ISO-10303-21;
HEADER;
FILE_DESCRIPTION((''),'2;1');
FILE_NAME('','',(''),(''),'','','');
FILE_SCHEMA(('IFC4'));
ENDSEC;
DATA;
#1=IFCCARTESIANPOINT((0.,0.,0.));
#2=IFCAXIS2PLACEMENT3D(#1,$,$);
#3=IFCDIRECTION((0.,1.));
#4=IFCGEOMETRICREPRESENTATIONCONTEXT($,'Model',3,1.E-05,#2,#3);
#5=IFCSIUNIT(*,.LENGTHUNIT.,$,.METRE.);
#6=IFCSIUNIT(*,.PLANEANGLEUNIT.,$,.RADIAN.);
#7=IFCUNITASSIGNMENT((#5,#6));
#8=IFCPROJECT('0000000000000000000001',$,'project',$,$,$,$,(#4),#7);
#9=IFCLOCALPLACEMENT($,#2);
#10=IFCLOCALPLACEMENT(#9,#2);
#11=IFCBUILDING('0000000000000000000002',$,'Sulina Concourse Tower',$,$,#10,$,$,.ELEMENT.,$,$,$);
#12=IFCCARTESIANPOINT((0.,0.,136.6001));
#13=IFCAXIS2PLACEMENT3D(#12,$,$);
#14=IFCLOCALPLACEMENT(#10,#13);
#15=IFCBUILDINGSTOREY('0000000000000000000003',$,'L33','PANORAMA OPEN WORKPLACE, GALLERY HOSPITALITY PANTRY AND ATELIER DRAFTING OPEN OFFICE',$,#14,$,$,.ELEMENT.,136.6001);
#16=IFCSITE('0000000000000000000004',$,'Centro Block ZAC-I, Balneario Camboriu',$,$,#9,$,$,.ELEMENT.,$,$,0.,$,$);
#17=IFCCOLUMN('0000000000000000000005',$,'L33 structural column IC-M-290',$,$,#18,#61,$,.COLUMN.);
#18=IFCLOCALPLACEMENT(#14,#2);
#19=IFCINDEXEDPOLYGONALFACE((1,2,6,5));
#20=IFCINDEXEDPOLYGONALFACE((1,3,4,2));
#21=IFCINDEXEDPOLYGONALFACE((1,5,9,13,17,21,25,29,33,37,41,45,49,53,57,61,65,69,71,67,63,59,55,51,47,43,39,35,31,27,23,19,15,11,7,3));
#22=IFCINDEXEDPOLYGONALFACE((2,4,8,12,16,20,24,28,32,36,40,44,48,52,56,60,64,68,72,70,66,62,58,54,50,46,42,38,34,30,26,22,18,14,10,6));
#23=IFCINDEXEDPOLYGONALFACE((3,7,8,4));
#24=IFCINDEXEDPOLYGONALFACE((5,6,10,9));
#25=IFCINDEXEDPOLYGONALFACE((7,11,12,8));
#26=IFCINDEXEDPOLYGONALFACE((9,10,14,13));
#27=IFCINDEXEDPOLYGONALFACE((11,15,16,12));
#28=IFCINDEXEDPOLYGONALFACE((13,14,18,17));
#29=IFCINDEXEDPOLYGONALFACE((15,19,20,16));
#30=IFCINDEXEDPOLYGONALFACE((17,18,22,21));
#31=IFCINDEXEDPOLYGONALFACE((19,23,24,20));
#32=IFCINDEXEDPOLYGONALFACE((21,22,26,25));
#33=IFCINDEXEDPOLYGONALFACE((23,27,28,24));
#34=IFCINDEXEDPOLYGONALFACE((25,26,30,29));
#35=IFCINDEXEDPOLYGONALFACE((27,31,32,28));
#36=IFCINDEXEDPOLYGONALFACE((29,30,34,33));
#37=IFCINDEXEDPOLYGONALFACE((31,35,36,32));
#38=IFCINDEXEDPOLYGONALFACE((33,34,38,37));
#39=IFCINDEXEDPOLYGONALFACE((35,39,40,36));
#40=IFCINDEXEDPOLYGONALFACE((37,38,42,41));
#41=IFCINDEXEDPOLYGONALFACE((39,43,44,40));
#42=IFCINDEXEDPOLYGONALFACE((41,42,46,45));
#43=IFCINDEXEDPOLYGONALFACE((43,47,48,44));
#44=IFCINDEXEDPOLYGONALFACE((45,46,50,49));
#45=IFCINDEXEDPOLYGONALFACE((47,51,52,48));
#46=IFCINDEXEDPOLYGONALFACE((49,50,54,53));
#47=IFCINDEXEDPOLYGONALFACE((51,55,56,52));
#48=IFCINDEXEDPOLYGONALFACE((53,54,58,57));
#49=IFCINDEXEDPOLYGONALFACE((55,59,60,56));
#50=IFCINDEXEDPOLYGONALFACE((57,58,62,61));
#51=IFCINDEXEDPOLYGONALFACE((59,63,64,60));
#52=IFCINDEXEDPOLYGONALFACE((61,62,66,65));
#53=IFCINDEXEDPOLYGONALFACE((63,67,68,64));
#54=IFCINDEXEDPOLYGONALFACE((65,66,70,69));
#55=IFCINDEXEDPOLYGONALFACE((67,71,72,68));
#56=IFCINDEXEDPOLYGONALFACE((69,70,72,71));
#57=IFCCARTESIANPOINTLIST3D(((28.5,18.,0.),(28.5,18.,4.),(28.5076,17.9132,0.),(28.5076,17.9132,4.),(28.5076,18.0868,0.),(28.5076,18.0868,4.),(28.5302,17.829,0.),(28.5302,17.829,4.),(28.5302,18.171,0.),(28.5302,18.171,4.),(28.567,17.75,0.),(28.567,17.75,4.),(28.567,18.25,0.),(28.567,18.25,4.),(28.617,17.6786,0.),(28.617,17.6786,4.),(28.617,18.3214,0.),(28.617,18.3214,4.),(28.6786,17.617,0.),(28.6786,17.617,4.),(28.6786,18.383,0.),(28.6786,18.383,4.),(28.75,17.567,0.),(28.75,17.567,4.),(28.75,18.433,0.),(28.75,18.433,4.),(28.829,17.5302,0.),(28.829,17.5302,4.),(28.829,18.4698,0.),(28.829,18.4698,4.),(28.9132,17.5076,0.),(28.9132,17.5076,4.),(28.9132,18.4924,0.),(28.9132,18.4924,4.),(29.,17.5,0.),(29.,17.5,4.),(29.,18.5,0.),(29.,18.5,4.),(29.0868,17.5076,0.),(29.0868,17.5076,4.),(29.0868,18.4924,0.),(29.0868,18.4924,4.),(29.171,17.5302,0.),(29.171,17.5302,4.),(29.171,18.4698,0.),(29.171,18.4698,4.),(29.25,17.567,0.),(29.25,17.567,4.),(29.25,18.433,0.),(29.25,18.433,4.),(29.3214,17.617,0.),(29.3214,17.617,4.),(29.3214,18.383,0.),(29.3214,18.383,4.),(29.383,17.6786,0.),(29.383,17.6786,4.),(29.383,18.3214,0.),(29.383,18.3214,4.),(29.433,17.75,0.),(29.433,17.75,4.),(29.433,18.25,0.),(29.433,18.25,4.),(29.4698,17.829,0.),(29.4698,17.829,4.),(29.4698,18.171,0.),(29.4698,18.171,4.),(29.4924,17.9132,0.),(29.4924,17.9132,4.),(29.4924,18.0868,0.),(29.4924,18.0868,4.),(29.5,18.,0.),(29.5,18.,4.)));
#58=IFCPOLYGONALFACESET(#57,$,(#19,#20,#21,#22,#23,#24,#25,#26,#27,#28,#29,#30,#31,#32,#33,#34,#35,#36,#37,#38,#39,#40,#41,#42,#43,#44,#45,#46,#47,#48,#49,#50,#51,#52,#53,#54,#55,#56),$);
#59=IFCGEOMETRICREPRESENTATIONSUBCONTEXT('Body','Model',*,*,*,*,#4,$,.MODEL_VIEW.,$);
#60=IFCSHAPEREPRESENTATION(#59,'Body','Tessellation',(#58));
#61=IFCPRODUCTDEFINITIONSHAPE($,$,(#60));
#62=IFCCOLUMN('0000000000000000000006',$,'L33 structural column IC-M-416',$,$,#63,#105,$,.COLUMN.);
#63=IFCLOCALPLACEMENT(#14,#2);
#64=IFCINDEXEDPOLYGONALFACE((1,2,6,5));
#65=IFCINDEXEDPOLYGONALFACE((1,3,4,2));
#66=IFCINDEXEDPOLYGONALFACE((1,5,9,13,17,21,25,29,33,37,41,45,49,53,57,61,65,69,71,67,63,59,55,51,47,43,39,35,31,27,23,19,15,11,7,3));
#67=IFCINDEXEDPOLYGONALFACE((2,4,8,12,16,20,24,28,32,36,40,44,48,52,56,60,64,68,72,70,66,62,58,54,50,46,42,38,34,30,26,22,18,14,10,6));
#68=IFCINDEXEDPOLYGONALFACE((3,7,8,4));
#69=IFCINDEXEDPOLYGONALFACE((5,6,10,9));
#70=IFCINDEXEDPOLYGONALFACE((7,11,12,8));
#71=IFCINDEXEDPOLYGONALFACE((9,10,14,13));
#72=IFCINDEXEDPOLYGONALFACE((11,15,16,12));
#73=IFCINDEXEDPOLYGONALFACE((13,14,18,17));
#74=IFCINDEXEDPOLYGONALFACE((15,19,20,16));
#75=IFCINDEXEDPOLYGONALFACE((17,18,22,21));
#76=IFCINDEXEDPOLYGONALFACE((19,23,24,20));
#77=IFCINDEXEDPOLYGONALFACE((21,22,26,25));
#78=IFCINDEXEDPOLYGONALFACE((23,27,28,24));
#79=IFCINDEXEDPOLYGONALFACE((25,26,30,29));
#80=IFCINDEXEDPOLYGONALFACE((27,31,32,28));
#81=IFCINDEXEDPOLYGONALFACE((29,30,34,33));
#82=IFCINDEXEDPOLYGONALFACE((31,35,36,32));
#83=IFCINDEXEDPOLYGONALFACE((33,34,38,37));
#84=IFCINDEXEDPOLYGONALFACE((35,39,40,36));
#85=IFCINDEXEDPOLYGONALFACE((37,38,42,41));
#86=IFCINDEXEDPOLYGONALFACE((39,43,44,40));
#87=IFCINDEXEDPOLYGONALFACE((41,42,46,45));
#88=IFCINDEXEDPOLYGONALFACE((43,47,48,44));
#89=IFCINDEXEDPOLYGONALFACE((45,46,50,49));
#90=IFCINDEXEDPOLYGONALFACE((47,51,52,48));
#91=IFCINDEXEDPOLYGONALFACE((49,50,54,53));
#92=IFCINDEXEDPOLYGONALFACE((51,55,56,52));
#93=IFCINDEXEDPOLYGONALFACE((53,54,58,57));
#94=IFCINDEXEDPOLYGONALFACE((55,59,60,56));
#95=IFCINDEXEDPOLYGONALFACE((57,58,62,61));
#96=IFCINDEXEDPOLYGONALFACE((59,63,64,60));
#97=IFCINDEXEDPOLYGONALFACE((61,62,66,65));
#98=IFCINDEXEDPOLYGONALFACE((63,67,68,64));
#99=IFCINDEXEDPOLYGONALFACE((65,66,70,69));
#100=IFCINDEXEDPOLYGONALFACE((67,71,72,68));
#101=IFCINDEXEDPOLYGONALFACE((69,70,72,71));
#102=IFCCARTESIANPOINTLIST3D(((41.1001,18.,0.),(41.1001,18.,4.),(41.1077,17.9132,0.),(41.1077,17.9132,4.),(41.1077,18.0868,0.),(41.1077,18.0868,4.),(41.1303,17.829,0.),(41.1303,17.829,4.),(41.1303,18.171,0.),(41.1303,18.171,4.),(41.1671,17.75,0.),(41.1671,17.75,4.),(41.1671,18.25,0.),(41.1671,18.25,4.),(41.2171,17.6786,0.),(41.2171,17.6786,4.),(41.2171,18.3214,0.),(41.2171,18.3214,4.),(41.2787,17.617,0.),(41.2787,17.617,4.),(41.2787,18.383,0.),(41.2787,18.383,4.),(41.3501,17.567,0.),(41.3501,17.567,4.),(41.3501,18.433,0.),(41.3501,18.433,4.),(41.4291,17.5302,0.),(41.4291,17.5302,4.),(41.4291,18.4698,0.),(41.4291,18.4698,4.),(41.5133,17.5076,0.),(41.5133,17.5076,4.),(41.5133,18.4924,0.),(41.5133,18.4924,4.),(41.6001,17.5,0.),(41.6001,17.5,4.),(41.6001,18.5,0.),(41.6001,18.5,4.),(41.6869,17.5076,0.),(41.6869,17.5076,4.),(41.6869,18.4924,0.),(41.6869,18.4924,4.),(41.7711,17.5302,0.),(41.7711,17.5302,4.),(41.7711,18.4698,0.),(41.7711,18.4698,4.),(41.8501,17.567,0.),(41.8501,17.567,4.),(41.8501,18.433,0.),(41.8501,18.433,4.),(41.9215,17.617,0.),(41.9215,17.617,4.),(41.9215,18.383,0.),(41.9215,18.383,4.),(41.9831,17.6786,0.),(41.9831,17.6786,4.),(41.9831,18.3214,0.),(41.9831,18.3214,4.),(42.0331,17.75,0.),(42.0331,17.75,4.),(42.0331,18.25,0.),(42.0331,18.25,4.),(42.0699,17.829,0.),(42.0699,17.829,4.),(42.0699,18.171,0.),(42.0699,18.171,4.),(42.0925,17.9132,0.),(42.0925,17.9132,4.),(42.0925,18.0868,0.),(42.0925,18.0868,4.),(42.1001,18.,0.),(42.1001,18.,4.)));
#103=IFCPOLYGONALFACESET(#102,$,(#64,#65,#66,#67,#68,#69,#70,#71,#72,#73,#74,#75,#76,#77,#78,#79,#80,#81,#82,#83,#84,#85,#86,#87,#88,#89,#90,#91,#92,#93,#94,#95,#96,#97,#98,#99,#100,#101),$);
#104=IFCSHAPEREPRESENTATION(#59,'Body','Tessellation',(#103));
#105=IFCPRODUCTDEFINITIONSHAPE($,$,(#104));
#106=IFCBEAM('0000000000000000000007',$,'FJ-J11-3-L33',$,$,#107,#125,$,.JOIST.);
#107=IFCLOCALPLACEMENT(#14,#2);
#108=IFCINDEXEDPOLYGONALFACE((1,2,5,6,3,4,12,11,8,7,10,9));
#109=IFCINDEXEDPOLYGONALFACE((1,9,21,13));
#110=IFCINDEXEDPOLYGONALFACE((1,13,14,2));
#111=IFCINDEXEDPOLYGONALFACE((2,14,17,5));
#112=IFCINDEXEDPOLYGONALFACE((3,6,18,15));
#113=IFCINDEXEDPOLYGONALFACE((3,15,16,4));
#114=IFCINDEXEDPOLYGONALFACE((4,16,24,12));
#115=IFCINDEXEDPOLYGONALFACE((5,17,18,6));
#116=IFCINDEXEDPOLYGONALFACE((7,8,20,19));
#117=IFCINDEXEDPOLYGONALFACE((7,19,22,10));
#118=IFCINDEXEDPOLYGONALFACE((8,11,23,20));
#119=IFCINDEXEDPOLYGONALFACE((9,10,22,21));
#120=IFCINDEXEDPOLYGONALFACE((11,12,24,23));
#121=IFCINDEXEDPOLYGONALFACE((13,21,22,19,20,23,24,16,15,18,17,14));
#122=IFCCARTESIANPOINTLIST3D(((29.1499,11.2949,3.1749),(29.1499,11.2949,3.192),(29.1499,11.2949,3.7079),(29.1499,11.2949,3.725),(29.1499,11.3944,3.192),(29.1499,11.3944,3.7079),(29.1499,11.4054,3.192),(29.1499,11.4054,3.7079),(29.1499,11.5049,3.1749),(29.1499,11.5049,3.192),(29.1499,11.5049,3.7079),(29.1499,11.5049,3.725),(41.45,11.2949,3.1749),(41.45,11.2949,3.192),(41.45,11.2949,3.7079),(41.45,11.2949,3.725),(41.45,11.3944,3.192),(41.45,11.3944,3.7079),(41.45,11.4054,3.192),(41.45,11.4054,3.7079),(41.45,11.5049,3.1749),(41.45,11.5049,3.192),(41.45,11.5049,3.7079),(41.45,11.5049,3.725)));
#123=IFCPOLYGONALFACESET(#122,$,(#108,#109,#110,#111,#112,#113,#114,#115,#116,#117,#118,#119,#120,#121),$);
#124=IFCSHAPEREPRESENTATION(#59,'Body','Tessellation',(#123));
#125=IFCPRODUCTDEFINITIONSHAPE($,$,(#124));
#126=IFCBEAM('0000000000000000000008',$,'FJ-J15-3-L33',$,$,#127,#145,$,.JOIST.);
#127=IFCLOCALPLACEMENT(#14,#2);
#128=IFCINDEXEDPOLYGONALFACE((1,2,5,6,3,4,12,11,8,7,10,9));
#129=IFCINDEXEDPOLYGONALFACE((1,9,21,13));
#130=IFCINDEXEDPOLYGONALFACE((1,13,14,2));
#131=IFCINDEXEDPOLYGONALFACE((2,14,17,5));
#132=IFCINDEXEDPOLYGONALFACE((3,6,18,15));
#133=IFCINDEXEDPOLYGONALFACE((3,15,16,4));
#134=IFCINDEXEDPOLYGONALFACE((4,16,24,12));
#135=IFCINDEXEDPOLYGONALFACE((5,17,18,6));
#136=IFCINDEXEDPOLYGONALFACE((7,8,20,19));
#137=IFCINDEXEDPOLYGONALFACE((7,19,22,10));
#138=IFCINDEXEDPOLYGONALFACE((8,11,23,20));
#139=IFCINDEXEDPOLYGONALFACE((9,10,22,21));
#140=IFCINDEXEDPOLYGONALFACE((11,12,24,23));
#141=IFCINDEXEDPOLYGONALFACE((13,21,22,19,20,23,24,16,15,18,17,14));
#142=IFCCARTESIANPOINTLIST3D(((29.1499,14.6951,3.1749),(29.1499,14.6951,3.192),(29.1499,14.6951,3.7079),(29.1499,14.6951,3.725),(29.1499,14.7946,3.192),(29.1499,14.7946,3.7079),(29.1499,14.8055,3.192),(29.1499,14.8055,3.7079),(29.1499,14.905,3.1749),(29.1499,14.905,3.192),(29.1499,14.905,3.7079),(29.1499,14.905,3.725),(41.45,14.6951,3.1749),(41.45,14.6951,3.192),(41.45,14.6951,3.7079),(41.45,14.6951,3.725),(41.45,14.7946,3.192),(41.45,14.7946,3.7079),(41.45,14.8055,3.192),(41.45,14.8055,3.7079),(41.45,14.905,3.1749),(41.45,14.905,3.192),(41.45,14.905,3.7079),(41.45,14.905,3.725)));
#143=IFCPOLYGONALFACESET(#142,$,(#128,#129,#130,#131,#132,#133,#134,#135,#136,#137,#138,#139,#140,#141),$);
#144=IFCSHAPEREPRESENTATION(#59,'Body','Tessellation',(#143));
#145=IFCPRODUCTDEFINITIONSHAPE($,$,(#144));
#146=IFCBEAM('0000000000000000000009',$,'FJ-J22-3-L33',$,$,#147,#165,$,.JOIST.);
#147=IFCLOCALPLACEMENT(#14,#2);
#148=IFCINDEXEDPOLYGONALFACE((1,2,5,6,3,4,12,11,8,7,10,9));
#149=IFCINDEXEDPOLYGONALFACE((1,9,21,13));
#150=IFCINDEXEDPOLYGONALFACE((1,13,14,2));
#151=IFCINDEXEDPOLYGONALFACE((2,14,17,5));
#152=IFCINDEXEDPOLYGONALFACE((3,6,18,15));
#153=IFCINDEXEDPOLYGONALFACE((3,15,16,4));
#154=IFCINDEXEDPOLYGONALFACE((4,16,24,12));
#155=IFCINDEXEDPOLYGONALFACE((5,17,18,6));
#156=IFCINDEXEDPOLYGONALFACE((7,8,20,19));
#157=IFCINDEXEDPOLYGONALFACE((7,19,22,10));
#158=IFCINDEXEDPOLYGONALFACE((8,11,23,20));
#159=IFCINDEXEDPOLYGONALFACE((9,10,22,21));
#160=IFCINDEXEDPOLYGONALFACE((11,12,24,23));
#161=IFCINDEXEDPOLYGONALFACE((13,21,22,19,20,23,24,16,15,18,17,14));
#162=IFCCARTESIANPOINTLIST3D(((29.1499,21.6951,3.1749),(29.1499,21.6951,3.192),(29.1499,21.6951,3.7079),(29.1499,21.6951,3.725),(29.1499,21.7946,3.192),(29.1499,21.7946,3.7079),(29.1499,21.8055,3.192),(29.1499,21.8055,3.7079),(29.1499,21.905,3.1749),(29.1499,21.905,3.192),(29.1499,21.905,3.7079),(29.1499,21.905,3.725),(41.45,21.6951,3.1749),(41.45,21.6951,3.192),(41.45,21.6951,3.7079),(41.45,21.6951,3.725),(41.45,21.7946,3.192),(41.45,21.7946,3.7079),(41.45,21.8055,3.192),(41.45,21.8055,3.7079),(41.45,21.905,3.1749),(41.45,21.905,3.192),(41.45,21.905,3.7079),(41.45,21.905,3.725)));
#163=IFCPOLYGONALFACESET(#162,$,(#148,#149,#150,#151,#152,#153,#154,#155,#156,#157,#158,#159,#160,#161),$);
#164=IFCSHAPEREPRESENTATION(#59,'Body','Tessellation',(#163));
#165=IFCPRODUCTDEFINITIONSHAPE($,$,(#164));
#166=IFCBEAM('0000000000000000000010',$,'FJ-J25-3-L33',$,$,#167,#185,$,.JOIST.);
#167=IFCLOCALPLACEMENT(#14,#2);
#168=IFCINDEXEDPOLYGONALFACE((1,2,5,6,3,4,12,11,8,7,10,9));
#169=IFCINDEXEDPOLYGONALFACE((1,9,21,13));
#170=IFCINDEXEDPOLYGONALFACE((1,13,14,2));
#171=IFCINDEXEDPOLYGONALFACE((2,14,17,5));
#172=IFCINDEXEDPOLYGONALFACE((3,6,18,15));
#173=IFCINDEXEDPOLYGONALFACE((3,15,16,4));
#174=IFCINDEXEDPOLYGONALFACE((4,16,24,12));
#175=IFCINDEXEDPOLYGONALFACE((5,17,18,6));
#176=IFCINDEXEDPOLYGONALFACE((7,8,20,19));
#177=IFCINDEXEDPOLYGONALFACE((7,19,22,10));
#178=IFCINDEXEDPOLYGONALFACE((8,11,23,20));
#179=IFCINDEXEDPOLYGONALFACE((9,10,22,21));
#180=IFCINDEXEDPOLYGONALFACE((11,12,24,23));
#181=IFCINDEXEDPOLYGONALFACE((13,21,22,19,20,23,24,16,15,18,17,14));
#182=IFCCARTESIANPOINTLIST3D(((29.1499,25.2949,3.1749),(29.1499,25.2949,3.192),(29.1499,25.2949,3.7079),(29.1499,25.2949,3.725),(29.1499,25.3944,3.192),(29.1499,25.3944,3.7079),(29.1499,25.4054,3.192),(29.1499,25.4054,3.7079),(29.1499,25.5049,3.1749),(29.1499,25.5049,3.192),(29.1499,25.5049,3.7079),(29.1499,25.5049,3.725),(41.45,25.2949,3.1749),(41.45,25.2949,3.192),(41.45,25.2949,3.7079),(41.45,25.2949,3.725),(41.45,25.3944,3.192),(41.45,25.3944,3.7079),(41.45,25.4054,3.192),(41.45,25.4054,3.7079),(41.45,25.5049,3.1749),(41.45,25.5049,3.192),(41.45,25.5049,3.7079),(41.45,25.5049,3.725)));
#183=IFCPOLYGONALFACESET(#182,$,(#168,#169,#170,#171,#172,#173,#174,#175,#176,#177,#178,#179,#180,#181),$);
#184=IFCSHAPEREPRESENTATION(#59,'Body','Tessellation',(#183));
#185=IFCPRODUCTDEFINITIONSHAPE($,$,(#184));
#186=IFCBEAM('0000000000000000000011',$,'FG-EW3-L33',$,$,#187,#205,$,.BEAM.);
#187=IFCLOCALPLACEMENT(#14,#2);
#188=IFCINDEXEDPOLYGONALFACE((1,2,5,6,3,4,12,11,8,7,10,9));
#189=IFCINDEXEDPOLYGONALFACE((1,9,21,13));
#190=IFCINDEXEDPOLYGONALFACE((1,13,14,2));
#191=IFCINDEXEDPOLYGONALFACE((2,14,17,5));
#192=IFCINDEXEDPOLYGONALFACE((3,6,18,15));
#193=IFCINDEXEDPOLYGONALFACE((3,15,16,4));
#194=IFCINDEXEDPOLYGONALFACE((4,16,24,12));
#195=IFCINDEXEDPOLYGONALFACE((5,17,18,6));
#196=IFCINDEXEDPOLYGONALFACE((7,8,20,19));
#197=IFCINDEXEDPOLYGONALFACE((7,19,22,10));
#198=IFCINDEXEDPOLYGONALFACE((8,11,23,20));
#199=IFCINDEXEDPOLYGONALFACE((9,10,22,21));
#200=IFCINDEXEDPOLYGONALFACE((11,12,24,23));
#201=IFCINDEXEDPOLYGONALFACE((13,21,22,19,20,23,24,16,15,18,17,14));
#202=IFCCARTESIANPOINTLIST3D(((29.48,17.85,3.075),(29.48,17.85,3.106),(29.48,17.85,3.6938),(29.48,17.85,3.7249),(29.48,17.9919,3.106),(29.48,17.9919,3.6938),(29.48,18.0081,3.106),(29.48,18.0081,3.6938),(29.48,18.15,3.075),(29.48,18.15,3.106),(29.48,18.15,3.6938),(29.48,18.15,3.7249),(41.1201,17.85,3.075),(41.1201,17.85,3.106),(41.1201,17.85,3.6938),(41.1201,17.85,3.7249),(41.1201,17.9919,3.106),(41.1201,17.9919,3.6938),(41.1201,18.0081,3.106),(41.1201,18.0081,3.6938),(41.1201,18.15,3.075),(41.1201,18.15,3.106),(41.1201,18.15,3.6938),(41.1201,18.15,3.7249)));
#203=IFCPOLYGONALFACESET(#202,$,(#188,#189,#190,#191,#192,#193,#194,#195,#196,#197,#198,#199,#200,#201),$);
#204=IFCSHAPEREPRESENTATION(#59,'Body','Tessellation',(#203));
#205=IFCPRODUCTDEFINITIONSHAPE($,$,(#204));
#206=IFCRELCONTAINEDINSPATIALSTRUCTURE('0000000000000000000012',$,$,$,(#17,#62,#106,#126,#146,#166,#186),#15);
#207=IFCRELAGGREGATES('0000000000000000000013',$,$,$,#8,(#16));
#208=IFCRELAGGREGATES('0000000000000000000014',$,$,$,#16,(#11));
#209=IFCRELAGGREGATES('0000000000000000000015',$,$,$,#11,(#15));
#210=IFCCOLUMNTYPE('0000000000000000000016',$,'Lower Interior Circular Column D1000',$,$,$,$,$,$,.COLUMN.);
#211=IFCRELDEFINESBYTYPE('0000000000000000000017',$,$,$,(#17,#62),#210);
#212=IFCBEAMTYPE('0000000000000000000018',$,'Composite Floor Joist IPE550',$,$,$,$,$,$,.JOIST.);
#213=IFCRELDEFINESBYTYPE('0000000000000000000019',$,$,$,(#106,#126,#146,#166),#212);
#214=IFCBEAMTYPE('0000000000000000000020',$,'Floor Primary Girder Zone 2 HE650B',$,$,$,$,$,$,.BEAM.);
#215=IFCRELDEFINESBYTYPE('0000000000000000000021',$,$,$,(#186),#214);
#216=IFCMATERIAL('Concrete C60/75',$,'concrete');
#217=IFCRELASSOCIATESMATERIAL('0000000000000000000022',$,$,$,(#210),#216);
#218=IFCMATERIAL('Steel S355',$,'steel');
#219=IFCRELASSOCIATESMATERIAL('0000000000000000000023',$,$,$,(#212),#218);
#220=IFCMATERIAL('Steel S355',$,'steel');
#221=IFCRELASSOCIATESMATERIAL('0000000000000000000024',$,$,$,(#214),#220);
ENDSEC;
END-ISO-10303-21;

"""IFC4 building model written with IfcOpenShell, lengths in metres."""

from ifc_helpers import new_model, si_unit, direction, frame, origin, origin_2d, place, context, subcontext, project, spatial, circle, i_section, extrude, material, material_profile, profile_set, type_object, element, save


model = new_model("IFC4")

# Units and contexts
model_context = context("Model", 3, precision=1e-05, world=origin(), true_north=direction((0.0, 1.0)))
body_context = subcontext(model_context, "Body", "Model", "MODEL_VIEW")
ifc_project = project(units=[si_unit("LENGTHUNIT", "METRE"), si_unit("PLANEANGLEUNIT", "RADIAN")], contexts=[model_context])

# Site, building, storey
site_placement = place(None, origin())
site = spatial("IfcSite", under=ifc_project, at=site_placement, Name="Centro Block ZAC-I, Balneario Camboriu", CompositionType="ELEMENT", RefElevation=0.0)
building_placement = place(site_placement, origin())
building = spatial("IfcBuilding", under=site, at=building_placement, Name="Sulina Concourse Tower", CompositionType="ELEMENT")
storey_placement = place(building_placement, frame((0.0, 0.0, 136.6001)))
storey = spatial("IfcBuildingStorey", under=building, at=storey_placement, Name="L33", Description="PANORAMA OPEN WORKPLACE, GALLERY HOSPITALITY PANTRY AND ATELIER DRAFTING OPEN OFFICE", CompositionType="ELEMENT", Elevation=136.6001)

# Columns
ifc_material_1 = material(Name="Concrete C60/75", Category="concrete")
ifc_material_profile_1 = material_profile(ifc_material_1, circle(Radius=0.5, at=origin_2d()), Name="RC D1000")
ifc_profile_set_1 = profile_set([ifc_material_profile_1], Name="Concrete C60/75")
column_type = type_object("IfcColumnType", Name="Lower Interior Circular Column D1000", PredefinedType="COLUMN", material=ifc_profile_set_1)
for number, where, z_axis, x_axis, name in (
    (1, (29.0, 18.0, 0.0), (0.0, 0.0, 1.0), (1.0, 0.0, 0.0), "L33 structural column IC-M-290"),
    (2, (41.6001, 18.0, 0.0), (0.0, 0.0, 1.0), (1.0, 0.0, 0.0), "L33 structural column IC-M-416"),
):
    element("IfcColumn", number, at=place(storey_placement, frame(where, z_axis=z_axis, x_axis=x_axis)), inside=storey, type_object=column_type, Name=name, PredefinedType="COLUMN", context=body_context, shape_type="SweptSolid", body=[
        extrude(circle(Radius=0.5, at=origin_2d()), origin(), (0.0, 0.0, 1.0), 4.0),
    ])

# Beams
ifc_material_2 = material(Name="Steel S355", Category="steel")
ifc_material_profile_2 = material_profile(ifc_material_2, i_section(OverallWidth=0.21, OverallDepth=0.55, WebThickness=0.011, FlangeThickness=0.0171, at=origin_2d()), Name="IPE 550")
ifc_profile_set_2 = profile_set([ifc_material_profile_2], Name="Steel S355")
beam_type_1 = type_object("IfcBeamType", Name="Composite Floor Joist IPE550", PredefinedType="JOIST", material=ifc_profile_set_2)
for number, where, z_axis, x_axis, name in (
    (3, (29.1499, 11.3999, 3.45), (1.0, 0.0, 0.0), (0.0, 1.0, 0.0), "FJ-J11-3-L33"),
    (4, (29.1499, 14.8, 3.45), (1.0, 0.0, 0.0), (0.0, 1.0, 0.0), "FJ-J15-3-L33"),
    (5, (29.1499, 21.8, 3.45), (1.0, 0.0, 0.0), (0.0, 1.0, 0.0), "FJ-J22-3-L33"),
    (6, (29.1499, 25.3999, 3.45), (1.0, 0.0, 0.0), (0.0, 1.0, 0.0), "FJ-J25-3-L33"),
):
    element("IfcBeam", number, at=place(storey_placement, frame(where, z_axis=z_axis, x_axis=x_axis)), inside=storey, type_object=beam_type_1, Name=name, PredefinedType="JOIST", context=body_context, shape_type="SweptSolid", body=[
        extrude(i_section(OverallWidth=0.21, OverallDepth=0.55, WebThickness=0.011, FlangeThickness=0.0171, at=origin_2d()), origin(), (0.0, 0.0, 1.0), 12.3),
    ])
ifc_material_3 = material(Name="Steel S355", Category="steel")
ifc_material_profile_3 = material_profile(ifc_material_3, i_section(OverallWidth=0.3, OverallDepth=0.6499, WebThickness=0.0161, FlangeThickness=0.031, at=origin_2d()), Name="HE 650 B")
ifc_profile_set_3 = profile_set([ifc_material_profile_3], Name="Steel S355")
beam_type_2 = type_object("IfcBeamType", Name="Floor Primary Girder Zone 2 HE650B", PredefinedType="BEAM", material=ifc_profile_set_3)
beam_1_placement = place(storey_placement, frame((29.48, 18.0, 3.3999), z_axis=(1.0, 0.0, 0.0), x_axis=(0.0, 1.0, 0.0)))
element("IfcBeam", 7, at=beam_1_placement, inside=storey, type_object=beam_type_2, Name="FG-EW3-L33", PredefinedType="BEAM", context=body_context, shape_type="SweptSolid", body=[
    extrude(i_section(OverallWidth=0.3, OverallDepth=0.6499, WebThickness=0.0161, FlangeThickness=0.031, at=origin_2d()), origin(), (0.0, 0.0, 1.0), 11.6401),
])

save(model, "model.ifc")
